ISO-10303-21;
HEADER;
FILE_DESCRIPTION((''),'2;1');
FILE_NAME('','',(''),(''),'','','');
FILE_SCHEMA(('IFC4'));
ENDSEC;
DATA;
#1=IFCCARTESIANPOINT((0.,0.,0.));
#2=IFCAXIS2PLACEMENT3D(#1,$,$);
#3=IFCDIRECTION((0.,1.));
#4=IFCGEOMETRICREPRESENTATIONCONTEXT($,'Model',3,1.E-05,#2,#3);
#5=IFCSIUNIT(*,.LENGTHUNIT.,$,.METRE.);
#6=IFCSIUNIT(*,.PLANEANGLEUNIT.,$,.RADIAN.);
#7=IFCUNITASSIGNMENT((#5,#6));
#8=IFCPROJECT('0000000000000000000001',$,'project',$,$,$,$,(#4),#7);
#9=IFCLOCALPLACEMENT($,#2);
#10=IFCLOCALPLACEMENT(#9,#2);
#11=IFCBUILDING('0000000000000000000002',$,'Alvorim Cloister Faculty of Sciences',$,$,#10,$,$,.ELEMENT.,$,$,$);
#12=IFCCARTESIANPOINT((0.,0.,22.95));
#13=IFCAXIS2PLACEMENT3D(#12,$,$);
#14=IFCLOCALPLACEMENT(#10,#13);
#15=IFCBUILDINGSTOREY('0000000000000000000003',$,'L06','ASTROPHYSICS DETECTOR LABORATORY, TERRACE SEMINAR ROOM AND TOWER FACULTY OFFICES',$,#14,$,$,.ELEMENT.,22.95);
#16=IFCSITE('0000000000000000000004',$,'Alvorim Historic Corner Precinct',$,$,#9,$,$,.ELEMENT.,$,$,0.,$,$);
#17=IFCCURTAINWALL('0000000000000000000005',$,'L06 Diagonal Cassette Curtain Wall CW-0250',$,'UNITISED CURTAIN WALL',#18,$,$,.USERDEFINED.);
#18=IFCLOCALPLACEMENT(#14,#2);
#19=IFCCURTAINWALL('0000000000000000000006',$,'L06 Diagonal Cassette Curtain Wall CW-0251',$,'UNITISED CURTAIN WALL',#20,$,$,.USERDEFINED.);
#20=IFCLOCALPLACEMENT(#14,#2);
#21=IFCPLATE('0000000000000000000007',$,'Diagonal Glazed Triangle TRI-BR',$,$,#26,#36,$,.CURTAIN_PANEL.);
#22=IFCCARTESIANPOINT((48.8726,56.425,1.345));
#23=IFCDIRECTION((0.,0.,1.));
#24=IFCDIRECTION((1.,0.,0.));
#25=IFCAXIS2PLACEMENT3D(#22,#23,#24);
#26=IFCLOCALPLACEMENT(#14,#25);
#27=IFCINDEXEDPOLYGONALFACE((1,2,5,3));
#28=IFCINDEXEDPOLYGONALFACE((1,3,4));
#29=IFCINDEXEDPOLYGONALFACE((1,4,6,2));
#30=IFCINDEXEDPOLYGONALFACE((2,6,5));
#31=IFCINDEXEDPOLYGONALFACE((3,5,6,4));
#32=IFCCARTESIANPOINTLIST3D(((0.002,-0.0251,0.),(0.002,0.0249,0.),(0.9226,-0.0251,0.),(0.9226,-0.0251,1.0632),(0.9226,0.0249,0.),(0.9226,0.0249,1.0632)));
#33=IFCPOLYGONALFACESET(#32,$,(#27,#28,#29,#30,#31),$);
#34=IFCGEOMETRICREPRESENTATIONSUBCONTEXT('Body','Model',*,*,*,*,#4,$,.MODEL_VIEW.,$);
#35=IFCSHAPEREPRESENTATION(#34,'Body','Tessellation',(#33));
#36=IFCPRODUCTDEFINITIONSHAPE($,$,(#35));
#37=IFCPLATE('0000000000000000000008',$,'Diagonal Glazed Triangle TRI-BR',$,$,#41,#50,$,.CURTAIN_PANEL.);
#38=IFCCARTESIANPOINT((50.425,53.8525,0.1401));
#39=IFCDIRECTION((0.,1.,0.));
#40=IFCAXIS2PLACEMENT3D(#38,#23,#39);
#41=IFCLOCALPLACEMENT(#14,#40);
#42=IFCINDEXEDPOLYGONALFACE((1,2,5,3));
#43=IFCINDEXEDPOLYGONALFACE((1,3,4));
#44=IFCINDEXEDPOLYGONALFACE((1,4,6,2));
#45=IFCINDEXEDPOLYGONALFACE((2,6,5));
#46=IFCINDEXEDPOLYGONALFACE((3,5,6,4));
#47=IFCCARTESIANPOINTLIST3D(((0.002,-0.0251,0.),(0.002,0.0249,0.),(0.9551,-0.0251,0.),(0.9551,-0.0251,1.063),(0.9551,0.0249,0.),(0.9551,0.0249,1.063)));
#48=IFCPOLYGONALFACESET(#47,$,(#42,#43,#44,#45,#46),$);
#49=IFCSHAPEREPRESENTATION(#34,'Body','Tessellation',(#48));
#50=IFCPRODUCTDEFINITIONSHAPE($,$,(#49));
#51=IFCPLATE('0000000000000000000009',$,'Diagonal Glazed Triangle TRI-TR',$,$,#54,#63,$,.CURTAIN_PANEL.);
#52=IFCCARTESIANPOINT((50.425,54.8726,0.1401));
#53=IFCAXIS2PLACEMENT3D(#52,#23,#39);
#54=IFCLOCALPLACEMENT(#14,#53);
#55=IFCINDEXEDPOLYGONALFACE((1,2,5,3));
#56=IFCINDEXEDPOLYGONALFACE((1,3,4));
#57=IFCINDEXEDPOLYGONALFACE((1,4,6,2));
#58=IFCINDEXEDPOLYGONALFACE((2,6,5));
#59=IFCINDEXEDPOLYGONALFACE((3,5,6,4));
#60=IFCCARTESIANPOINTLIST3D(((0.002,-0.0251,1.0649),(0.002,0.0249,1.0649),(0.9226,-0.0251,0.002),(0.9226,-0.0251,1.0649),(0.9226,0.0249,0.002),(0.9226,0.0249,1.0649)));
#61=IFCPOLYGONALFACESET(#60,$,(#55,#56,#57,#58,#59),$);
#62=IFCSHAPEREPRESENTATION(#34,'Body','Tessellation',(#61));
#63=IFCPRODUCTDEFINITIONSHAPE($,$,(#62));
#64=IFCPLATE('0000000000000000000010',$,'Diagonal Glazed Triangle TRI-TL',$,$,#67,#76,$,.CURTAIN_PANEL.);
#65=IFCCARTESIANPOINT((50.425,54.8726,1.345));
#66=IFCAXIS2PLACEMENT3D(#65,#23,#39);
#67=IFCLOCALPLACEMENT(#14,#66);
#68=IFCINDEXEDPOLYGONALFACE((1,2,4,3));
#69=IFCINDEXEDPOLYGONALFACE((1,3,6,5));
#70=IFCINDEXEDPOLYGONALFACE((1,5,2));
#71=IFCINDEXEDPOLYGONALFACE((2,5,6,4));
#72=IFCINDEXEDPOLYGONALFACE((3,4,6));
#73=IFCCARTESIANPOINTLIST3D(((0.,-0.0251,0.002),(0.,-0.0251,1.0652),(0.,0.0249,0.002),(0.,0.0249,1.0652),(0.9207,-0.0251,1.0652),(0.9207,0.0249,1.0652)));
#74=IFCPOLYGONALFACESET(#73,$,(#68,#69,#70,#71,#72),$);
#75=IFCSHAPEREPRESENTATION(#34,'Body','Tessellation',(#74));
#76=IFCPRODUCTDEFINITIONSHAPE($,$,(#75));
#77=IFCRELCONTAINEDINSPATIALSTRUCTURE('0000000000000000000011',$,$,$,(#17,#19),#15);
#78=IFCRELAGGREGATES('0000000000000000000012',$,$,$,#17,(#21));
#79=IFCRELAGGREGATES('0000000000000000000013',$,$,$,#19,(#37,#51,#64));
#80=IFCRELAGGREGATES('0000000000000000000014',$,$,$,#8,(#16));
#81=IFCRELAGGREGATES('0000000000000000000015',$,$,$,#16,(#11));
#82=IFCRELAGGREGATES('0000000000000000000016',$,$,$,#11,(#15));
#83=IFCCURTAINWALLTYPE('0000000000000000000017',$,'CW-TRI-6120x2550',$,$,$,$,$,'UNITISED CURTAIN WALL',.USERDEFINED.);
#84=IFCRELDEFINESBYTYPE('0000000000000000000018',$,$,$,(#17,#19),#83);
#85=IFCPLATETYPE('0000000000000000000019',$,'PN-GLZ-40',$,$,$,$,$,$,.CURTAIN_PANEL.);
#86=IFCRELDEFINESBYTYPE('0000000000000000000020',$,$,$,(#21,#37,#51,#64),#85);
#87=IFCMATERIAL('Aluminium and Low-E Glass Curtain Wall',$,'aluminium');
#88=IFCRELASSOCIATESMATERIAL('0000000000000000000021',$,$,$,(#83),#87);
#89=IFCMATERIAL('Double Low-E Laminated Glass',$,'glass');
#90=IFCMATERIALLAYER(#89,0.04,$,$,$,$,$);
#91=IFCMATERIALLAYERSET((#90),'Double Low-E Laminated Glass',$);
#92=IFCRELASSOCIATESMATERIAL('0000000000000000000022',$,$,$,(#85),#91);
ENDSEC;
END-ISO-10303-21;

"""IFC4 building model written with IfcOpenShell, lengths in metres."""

from ifc_helpers import new_model, si_unit, direction, frame, origin, place, context, subcontext, project, spatial, polyline, outline, extrude, material, layer, layer_set, type_object, element, aggregate, save


model = new_model("IFC4")

# Units and contexts
model_context = context("Model", 3, precision=1e-05, world=origin(), true_north=direction((0.0, 1.0)))
body_context = subcontext(model_context, "Body", "Model", "MODEL_VIEW")
ifc_project = project(units=[si_unit("LENGTHUNIT", "METRE"), si_unit("PLANEANGLEUNIT", "RADIAN")], contexts=[model_context])

# Site, building, storey
site_placement = place(None, origin())
site = spatial("IfcSite", under=ifc_project, at=site_placement, Name="Alvorim Historic Corner Precinct", CompositionType="ELEMENT", RefElevation=0.0)
building_placement = place(site_placement, origin())
building = spatial("IfcBuilding", under=site, at=building_placement, Name="Alvorim Cloister Faculty of Sciences", CompositionType="ELEMENT")
storey_placement = place(building_placement, frame((0.0, 0.0, 22.95)))
storey = spatial("IfcBuildingStorey", under=building, at=storey_placement, Name="L06", Description="ASTROPHYSICS DETECTOR LABORATORY, TERRACE SEMINAR ROOM AND TOWER FACULTY OFFICES", CompositionType="ELEMENT", Elevation=22.95)

# Curtain wall
ifc_material_1 = material(Name="Aluminium and Low-E Glass Curtain Wall", Category="aluminium")
curtain_wall_type = type_object("IfcCurtainWallType", Name="CW-TRI-6120x2550", ElementType="UNITISED CURTAIN WALL", PredefinedType="USERDEFINED", material=ifc_material_1)
curtain_wall_1_placement = place(storey_placement, origin())
curtain_wall_1 = element("IfcCurtainWall", 1, at=curtain_wall_1_placement, inside=storey, type_object=curtain_wall_type, Name="L06 Diagonal Cassette Curtain Wall CW-0250", ObjectType="UNITISED CURTAIN WALL", PredefinedType="USERDEFINED")

# Curtain wall
curtain_wall_2_placement = place(storey_placement, origin())
curtain_wall_2 = element("IfcCurtainWall", 2, at=curtain_wall_2_placement, inside=storey, type_object=curtain_wall_type, Name="L06 Diagonal Cassette Curtain Wall CW-0251", ObjectType="UNITISED CURTAIN WALL", PredefinedType="USERDEFINED")

# Plates
ifc_material_2 = material(Name="Double Low-E Laminated Glass", Category="glass")
ifc_layer = layer(ifc_material_2, 0.04)
ifc_layer_set = layer_set([ifc_layer], Name="Double Low-E Laminated Glass")
plate_type = type_object("IfcPlateType", Name="PN-GLZ-40", PredefinedType="CURTAIN_PANEL", material=ifc_layer_set)
plate_1_placement = place(storey_placement, frame((48.8726, 56.425, 1.345), z_axis=(0.0, 0.0, 1.0), x_axis=(1.0, 0.0, 0.0)))
plate_1 = element("IfcPlate", 3, at=plate_1_placement, type_object=plate_type, Name="Diagonal Glazed Triangle TRI-BR", PredefinedType="CURTAIN_PANEL", context=body_context, shape_type="SweptSolid", body=[
    extrude(outline(polyline([(0.002, 0.0), (0.9226, 0.0), (0.9226, 1.0632), (0.002, 0.0)])), frame((0.0, 0.0249, 0.0), z_axis=(0.0, -1.0, 0.0), x_axis=(1.0, 0.0, 0.0)), (0.0, 0.0, 1.0), 0.05),
])
aggregate(curtain_wall_1, [plate_1])
plate_2_placement = place(storey_placement, frame((50.425, 53.8525, 0.1401), z_axis=(0.0, 0.0, 1.0), x_axis=(0.0, 1.0, 0.0)))
plate_2 = element("IfcPlate", 4, at=plate_2_placement, type_object=plate_type, Name="Diagonal Glazed Triangle TRI-BR", PredefinedType="CURTAIN_PANEL", context=body_context, shape_type="SweptSolid", body=[
    extrude(outline(polyline([(0.002, 0.0), (0.9551, 0.0), (0.9551, 1.063), (0.002, 0.0)])), frame((0.0, 0.0249, 0.0), z_axis=(0.0, -1.0, 0.0), x_axis=(1.0, 0.0, 0.0)), (0.0, 0.0, 1.0), 0.05),
])
plate_3_placement = place(storey_placement, frame((50.425, 54.8726, 0.1401), z_axis=(0.0, 0.0, 1.0), x_axis=(0.0, 1.0, 0.0)))
plate_3 = element("IfcPlate", 5, at=plate_3_placement, type_object=plate_type, Name="Diagonal Glazed Triangle TRI-TR", PredefinedType="CURTAIN_PANEL", context=body_context, shape_type="SweptSolid", body=[
    extrude(outline(polyline([(0.9226, 0.002), (0.9226, 1.0649), (0.002, 1.0649), (0.9226, 0.002)])), frame((0.0, 0.0249, 0.0), z_axis=(0.0, -1.0, 0.0), x_axis=(1.0, 0.0, 0.0)), (0.0, 0.0, 1.0), 0.05),
])
plate_4_placement = place(storey_placement, frame((50.425, 54.8726, 1.345), z_axis=(0.0, 0.0, 1.0), x_axis=(0.0, 1.0, 0.0)))
plate_4 = element("IfcPlate", 6, at=plate_4_placement, type_object=plate_type, Name="Diagonal Glazed Triangle TRI-TL", PredefinedType="CURTAIN_PANEL", context=body_context, shape_type="SweptSolid", body=[
    extrude(outline(polyline([(0.9207, 1.0652), (0.0, 1.0652), (0.0, 0.002), (0.9207, 1.0652)])), frame((0.0, 0.0249, 0.0), z_axis=(0.0, -1.0, 0.0), x_axis=(1.0, 0.0, 0.0)), (0.0, 0.0, 1.0), 0.05),
])
aggregate(curtain_wall_2, [plate_2, plate_3, plate_4])

save(model, "model.ifc")
